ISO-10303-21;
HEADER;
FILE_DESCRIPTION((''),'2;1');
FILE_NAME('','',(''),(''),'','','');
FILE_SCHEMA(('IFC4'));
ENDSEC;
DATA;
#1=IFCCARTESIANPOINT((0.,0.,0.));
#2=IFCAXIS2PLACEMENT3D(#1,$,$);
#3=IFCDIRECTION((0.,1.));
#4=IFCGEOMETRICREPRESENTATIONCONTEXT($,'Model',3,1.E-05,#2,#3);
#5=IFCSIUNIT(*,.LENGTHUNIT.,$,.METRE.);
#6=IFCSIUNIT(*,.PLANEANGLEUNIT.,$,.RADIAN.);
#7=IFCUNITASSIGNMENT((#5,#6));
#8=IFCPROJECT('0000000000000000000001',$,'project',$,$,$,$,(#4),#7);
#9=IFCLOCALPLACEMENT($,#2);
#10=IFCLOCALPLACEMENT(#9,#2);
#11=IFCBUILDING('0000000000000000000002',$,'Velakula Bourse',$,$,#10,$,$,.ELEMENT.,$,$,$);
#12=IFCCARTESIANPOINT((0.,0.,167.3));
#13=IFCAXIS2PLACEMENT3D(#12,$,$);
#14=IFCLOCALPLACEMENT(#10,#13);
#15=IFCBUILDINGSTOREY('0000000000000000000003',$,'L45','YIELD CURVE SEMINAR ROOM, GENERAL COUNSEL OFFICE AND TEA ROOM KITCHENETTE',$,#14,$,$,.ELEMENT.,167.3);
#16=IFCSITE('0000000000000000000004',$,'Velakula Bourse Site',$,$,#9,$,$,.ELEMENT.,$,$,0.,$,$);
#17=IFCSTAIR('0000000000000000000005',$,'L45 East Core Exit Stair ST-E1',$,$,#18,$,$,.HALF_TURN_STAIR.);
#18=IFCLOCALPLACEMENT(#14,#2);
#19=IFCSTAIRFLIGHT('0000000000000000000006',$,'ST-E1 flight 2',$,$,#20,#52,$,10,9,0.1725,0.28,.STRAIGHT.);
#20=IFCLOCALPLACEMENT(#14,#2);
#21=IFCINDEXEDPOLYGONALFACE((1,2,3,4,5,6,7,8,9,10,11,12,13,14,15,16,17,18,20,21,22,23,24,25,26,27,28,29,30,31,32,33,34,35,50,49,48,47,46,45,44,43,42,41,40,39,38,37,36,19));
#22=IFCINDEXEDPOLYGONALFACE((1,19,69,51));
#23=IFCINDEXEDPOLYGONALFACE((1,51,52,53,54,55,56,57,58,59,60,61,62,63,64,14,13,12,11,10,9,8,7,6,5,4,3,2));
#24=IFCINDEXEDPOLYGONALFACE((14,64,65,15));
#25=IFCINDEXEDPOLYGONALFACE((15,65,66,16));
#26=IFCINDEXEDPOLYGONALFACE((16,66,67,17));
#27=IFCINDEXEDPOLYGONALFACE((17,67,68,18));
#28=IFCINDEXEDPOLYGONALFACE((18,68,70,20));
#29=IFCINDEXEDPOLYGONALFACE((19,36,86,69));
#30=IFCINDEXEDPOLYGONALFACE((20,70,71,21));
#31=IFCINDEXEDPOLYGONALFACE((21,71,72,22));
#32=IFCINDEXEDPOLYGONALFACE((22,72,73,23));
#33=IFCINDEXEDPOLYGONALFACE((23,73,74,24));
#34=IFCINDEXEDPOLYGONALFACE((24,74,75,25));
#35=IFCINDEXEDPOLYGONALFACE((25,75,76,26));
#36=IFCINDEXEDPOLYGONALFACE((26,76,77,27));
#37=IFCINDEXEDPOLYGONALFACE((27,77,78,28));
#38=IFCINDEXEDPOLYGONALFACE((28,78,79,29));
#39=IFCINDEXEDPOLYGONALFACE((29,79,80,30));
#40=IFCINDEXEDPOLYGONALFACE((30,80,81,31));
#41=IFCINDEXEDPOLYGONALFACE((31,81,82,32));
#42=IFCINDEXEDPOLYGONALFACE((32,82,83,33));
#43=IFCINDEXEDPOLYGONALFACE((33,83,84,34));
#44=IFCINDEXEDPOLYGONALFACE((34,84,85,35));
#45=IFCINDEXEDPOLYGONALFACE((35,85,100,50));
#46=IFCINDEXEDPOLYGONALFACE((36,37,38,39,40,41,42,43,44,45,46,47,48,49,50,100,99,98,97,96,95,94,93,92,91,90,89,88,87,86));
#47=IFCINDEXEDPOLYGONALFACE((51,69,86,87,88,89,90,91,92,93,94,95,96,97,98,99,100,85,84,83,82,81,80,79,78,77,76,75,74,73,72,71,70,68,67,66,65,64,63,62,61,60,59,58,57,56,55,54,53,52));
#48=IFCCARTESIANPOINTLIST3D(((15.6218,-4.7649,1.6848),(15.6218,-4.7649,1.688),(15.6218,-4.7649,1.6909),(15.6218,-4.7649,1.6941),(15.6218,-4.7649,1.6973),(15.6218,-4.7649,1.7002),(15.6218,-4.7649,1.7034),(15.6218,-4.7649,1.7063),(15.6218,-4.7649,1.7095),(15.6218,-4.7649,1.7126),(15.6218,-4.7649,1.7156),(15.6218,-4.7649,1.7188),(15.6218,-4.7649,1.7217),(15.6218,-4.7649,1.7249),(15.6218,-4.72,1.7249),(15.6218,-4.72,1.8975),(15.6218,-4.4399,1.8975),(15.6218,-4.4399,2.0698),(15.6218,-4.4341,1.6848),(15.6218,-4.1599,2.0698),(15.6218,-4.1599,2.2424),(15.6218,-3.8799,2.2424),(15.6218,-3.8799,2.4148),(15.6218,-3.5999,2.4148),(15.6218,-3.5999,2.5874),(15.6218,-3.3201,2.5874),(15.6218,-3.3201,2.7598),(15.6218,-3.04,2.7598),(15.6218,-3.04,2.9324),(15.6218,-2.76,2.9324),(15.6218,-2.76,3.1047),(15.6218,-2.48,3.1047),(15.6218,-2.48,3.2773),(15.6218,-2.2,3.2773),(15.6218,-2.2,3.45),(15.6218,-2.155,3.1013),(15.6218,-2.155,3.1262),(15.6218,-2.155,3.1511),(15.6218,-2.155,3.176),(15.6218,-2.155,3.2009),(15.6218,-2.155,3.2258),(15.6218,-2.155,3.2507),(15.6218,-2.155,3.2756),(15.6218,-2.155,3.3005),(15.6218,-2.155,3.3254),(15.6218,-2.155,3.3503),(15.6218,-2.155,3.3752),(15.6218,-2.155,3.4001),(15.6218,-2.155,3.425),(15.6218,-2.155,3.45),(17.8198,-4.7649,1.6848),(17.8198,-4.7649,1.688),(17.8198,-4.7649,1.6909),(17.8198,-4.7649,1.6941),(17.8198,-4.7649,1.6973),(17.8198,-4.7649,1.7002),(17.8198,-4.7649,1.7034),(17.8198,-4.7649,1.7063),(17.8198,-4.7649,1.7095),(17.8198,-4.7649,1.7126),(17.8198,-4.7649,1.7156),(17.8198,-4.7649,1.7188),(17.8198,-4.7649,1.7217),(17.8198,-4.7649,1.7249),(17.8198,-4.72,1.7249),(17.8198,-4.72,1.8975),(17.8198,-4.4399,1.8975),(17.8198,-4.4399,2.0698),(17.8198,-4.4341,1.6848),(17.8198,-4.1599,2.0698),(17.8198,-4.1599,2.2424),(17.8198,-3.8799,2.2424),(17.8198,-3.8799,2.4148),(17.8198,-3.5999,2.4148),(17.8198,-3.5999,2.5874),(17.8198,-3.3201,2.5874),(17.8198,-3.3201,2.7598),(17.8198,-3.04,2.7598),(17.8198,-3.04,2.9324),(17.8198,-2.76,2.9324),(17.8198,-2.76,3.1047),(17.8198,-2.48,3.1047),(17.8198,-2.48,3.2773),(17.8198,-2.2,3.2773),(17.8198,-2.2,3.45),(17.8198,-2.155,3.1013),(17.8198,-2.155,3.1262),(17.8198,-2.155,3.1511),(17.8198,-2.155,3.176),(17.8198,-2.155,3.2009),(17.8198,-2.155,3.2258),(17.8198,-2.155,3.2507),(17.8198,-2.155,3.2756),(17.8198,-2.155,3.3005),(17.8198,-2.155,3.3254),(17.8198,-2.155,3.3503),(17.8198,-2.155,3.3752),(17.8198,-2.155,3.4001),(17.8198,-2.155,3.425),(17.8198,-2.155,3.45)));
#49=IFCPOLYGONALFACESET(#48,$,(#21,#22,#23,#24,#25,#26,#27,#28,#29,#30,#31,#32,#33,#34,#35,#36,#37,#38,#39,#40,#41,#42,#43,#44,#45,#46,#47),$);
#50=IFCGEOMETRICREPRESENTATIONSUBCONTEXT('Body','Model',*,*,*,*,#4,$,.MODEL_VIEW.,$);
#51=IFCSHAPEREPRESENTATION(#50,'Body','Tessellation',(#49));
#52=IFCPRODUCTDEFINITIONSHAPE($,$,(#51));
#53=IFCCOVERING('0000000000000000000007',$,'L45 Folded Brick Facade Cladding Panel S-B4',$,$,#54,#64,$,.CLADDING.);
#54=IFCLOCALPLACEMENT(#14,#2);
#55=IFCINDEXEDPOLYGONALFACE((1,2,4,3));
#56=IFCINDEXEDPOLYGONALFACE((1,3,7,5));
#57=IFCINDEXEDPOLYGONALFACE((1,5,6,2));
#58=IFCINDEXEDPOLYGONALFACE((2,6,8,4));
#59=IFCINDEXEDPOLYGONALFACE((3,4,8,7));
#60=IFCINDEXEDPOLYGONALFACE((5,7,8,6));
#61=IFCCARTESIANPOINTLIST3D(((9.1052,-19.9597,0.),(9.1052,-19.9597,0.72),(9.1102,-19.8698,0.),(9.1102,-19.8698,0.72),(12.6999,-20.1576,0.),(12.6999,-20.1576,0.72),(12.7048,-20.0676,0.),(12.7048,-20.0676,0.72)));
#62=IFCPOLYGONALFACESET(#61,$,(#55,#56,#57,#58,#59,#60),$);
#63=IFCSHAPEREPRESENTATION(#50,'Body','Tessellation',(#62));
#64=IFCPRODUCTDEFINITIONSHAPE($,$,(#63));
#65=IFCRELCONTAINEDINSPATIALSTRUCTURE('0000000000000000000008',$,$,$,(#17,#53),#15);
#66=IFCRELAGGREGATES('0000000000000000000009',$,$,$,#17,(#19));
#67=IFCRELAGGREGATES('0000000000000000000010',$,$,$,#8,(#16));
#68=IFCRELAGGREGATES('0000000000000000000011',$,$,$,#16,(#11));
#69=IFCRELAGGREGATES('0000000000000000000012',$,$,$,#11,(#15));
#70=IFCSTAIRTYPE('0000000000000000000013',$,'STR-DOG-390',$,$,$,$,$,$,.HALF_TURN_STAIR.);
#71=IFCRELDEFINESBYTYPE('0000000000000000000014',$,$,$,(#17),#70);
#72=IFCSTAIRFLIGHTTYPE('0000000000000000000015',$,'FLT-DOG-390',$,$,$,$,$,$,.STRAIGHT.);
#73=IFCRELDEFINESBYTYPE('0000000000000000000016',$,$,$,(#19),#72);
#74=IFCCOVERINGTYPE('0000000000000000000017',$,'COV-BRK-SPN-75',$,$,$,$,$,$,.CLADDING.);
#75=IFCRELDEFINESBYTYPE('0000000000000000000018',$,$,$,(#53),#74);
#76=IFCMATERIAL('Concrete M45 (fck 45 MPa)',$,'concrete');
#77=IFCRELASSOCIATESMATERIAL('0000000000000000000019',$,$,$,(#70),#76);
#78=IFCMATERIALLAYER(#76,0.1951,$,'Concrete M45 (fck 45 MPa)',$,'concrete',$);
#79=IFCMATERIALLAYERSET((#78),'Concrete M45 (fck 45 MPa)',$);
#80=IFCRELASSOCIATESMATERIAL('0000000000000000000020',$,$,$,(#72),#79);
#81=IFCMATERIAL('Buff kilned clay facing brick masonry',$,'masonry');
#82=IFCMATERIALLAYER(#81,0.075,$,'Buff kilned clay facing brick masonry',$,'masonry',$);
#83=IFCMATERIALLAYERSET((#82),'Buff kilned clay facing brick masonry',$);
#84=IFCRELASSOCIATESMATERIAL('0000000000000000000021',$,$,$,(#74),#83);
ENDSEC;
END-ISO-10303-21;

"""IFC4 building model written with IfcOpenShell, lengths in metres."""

from ifc_helpers import new_model, si_unit, direction, frame, origin, origin_2d, place, context, subcontext, project, spatial, polyline, rectangle, outline, extrude, material, layer, layer_set, type_object, element, aggregate, save


model = new_model("IFC4")

# Units and contexts
model_context = context("Model", 3, precision=1e-05, world=origin(), true_north=direction((0.0, 1.0)))
body_context = subcontext(model_context, "Body", "Model", "MODEL_VIEW")
ifc_project = project(units=[si_unit("LENGTHUNIT", "METRE"), si_unit("PLANEANGLEUNIT", "RADIAN")], contexts=[model_context])

# Site, building, storey
site_placement = place(None, origin())
site = spatial("IfcSite", under=ifc_project, at=site_placement, Name="Velakula Bourse Site", CompositionType="ELEMENT", RefElevation=0.0)
building_placement = place(site_placement, origin())
building = spatial("IfcBuilding", under=site, at=building_placement, Name="Velakula Bourse", CompositionType="ELEMENT")
storey_placement = place(building_placement, frame((0.0, 0.0, 167.3)))
storey = spatial("IfcBuildingStorey", under=building, at=storey_placement, Name="L45", Description="YIELD CURVE SEMINAR ROOM, GENERAL COUNSEL OFFICE AND TEA ROOM KITCHENETTE", CompositionType="ELEMENT", Elevation=167.3)

# Stair, stair flight
ifc_material_1 = material(Name="Concrete M45 (fck 45 MPa)", Category="concrete")
stair_type = type_object("IfcStairType", Name="STR-DOG-390", PredefinedType="HALF_TURN_STAIR", material=ifc_material_1)
stair_placement = place(storey_placement, origin())
stair = element("IfcStair", 1, at=stair_placement, inside=storey, type_object=stair_type, Name="L45 East Core Exit Stair ST-E1", PredefinedType="HALF_TURN_STAIR")
ifc_layer_1 = layer(ifc_material_1, 0.1951, Name="Concrete M45 (fck 45 MPa)", Category="concrete")
ifc_layer_set_1 = layer_set([ifc_layer_1], Name="Concrete M45 (fck 45 MPa)")
stair_flight_type = type_object("IfcStairFlightType", Name="FLT-DOG-390", PredefinedType="STRAIGHT", material=ifc_layer_set_1)
stair_flight_1_placement = place(storey_placement, frame((16.7209, -4.72, 1.7249), z_axis=(0.0, 0.0, 1.0), x_axis=(0.0, 1.0, 0.0)))
stair_flight_1 = element("IfcStairFlight", 2, at=stair_flight_1_placement, type_object=stair_flight_type, Name="ST-E1 flight 2", NumberOfRisers=10, NumberOfTreads=9, PredefinedType="STRAIGHT", RiserHeight=0.1725, TreadLength=0.28, context=body_context, shape_type="SweptSolid", body=[
    extrude(outline(polyline([(-0.0449, -0.04), (-0.0449, -0.0369), (-0.0449, -0.0339), (-0.0449, -0.0308), (-0.0449, -0.0276), (-0.0449, -0.0247), (-0.0449, -0.0215), (-0.0449, -0.0186), (-0.0449, -0.0154), (-0.0449, -0.0122), (-0.0449, -0.0093), (-0.0449, -0.0061), (-0.0449, -0.0032), (-0.0449, 0.0), (0.0, 0.0), (0.0, 0.1726), (0.28, 0.1726), (0.28, 0.345), (0.5601, 0.345), (0.5601, 0.5176), (0.8401, 0.5176), (0.8401, 0.6899), (1.1201, 0.6899), (1.1201, 0.8625), (1.3999, 0.8625), (1.3999, 1.0349), (1.6799, 1.0349), (1.6799, 1.2075), (1.96, 1.2075), (1.96, 1.3799), (2.24, 1.3799), (2.24, 1.5525), (2.52, 1.5525), (2.52, 1.7251), (2.5649, 1.7251), (2.5649, 1.7002), (2.5649, 1.6753), (2.5649, 1.6504), (2.5649, 1.6255), (2.5649, 1.6006), (2.5649, 1.5757), (2.5649, 1.5508), (2.5649, 1.5259), (2.5649, 1.501), (2.5649, 1.4761), (2.5649, 1.4512), (2.5649, 1.4263), (2.5649, 1.4014), (2.5649, 1.3765), (0.2859, -0.04), (-0.0449, -0.04)])), frame((0.0, 1.0991, 0.0), z_axis=(0.0, -1.0, 0.0), x_axis=(1.0, 0.0, 0.0)), (0.0, 0.0, 1.0), 2.198),
])
aggregate(stair, [stair_flight_1])

# Covering
ifc_material_2 = material(Name="Buff kilned clay facing brick masonry", Category="masonry")
ifc_layer_2 = layer(ifc_material_2, 0.075, Name="Buff kilned clay facing brick masonry", Category="masonry")
ifc_layer_set_2 = layer_set([ifc_layer_2], Name="Buff kilned clay facing brick masonry")
covering_type = type_object("IfcCoveringType", Name="COV-BRK-SPN-75", PredefinedType="CLADDING", material=ifc_layer_set_2)
covering_placement = place(storey_placement, frame((10.905, -20.0137, 0.0), z_axis=(0.0, 0.0, 1.0), x_axis=(0.998489, -0.05495, 0.0)))
element("IfcCovering", 3, at=covering_placement, inside=storey, type_object=covering_type, Name="L45 Folded Brick Facade Cladding Panel S-B4", PredefinedType="CLADDING", context=body_context, shape_type="SweptSolid", body=[
    extrude(rectangle(XDim=3.6001, YDim=0.0901, at=origin_2d()), origin(), (0.0, 0.0, 1.0), 0.72),
])

save(model, "model.ifc")
